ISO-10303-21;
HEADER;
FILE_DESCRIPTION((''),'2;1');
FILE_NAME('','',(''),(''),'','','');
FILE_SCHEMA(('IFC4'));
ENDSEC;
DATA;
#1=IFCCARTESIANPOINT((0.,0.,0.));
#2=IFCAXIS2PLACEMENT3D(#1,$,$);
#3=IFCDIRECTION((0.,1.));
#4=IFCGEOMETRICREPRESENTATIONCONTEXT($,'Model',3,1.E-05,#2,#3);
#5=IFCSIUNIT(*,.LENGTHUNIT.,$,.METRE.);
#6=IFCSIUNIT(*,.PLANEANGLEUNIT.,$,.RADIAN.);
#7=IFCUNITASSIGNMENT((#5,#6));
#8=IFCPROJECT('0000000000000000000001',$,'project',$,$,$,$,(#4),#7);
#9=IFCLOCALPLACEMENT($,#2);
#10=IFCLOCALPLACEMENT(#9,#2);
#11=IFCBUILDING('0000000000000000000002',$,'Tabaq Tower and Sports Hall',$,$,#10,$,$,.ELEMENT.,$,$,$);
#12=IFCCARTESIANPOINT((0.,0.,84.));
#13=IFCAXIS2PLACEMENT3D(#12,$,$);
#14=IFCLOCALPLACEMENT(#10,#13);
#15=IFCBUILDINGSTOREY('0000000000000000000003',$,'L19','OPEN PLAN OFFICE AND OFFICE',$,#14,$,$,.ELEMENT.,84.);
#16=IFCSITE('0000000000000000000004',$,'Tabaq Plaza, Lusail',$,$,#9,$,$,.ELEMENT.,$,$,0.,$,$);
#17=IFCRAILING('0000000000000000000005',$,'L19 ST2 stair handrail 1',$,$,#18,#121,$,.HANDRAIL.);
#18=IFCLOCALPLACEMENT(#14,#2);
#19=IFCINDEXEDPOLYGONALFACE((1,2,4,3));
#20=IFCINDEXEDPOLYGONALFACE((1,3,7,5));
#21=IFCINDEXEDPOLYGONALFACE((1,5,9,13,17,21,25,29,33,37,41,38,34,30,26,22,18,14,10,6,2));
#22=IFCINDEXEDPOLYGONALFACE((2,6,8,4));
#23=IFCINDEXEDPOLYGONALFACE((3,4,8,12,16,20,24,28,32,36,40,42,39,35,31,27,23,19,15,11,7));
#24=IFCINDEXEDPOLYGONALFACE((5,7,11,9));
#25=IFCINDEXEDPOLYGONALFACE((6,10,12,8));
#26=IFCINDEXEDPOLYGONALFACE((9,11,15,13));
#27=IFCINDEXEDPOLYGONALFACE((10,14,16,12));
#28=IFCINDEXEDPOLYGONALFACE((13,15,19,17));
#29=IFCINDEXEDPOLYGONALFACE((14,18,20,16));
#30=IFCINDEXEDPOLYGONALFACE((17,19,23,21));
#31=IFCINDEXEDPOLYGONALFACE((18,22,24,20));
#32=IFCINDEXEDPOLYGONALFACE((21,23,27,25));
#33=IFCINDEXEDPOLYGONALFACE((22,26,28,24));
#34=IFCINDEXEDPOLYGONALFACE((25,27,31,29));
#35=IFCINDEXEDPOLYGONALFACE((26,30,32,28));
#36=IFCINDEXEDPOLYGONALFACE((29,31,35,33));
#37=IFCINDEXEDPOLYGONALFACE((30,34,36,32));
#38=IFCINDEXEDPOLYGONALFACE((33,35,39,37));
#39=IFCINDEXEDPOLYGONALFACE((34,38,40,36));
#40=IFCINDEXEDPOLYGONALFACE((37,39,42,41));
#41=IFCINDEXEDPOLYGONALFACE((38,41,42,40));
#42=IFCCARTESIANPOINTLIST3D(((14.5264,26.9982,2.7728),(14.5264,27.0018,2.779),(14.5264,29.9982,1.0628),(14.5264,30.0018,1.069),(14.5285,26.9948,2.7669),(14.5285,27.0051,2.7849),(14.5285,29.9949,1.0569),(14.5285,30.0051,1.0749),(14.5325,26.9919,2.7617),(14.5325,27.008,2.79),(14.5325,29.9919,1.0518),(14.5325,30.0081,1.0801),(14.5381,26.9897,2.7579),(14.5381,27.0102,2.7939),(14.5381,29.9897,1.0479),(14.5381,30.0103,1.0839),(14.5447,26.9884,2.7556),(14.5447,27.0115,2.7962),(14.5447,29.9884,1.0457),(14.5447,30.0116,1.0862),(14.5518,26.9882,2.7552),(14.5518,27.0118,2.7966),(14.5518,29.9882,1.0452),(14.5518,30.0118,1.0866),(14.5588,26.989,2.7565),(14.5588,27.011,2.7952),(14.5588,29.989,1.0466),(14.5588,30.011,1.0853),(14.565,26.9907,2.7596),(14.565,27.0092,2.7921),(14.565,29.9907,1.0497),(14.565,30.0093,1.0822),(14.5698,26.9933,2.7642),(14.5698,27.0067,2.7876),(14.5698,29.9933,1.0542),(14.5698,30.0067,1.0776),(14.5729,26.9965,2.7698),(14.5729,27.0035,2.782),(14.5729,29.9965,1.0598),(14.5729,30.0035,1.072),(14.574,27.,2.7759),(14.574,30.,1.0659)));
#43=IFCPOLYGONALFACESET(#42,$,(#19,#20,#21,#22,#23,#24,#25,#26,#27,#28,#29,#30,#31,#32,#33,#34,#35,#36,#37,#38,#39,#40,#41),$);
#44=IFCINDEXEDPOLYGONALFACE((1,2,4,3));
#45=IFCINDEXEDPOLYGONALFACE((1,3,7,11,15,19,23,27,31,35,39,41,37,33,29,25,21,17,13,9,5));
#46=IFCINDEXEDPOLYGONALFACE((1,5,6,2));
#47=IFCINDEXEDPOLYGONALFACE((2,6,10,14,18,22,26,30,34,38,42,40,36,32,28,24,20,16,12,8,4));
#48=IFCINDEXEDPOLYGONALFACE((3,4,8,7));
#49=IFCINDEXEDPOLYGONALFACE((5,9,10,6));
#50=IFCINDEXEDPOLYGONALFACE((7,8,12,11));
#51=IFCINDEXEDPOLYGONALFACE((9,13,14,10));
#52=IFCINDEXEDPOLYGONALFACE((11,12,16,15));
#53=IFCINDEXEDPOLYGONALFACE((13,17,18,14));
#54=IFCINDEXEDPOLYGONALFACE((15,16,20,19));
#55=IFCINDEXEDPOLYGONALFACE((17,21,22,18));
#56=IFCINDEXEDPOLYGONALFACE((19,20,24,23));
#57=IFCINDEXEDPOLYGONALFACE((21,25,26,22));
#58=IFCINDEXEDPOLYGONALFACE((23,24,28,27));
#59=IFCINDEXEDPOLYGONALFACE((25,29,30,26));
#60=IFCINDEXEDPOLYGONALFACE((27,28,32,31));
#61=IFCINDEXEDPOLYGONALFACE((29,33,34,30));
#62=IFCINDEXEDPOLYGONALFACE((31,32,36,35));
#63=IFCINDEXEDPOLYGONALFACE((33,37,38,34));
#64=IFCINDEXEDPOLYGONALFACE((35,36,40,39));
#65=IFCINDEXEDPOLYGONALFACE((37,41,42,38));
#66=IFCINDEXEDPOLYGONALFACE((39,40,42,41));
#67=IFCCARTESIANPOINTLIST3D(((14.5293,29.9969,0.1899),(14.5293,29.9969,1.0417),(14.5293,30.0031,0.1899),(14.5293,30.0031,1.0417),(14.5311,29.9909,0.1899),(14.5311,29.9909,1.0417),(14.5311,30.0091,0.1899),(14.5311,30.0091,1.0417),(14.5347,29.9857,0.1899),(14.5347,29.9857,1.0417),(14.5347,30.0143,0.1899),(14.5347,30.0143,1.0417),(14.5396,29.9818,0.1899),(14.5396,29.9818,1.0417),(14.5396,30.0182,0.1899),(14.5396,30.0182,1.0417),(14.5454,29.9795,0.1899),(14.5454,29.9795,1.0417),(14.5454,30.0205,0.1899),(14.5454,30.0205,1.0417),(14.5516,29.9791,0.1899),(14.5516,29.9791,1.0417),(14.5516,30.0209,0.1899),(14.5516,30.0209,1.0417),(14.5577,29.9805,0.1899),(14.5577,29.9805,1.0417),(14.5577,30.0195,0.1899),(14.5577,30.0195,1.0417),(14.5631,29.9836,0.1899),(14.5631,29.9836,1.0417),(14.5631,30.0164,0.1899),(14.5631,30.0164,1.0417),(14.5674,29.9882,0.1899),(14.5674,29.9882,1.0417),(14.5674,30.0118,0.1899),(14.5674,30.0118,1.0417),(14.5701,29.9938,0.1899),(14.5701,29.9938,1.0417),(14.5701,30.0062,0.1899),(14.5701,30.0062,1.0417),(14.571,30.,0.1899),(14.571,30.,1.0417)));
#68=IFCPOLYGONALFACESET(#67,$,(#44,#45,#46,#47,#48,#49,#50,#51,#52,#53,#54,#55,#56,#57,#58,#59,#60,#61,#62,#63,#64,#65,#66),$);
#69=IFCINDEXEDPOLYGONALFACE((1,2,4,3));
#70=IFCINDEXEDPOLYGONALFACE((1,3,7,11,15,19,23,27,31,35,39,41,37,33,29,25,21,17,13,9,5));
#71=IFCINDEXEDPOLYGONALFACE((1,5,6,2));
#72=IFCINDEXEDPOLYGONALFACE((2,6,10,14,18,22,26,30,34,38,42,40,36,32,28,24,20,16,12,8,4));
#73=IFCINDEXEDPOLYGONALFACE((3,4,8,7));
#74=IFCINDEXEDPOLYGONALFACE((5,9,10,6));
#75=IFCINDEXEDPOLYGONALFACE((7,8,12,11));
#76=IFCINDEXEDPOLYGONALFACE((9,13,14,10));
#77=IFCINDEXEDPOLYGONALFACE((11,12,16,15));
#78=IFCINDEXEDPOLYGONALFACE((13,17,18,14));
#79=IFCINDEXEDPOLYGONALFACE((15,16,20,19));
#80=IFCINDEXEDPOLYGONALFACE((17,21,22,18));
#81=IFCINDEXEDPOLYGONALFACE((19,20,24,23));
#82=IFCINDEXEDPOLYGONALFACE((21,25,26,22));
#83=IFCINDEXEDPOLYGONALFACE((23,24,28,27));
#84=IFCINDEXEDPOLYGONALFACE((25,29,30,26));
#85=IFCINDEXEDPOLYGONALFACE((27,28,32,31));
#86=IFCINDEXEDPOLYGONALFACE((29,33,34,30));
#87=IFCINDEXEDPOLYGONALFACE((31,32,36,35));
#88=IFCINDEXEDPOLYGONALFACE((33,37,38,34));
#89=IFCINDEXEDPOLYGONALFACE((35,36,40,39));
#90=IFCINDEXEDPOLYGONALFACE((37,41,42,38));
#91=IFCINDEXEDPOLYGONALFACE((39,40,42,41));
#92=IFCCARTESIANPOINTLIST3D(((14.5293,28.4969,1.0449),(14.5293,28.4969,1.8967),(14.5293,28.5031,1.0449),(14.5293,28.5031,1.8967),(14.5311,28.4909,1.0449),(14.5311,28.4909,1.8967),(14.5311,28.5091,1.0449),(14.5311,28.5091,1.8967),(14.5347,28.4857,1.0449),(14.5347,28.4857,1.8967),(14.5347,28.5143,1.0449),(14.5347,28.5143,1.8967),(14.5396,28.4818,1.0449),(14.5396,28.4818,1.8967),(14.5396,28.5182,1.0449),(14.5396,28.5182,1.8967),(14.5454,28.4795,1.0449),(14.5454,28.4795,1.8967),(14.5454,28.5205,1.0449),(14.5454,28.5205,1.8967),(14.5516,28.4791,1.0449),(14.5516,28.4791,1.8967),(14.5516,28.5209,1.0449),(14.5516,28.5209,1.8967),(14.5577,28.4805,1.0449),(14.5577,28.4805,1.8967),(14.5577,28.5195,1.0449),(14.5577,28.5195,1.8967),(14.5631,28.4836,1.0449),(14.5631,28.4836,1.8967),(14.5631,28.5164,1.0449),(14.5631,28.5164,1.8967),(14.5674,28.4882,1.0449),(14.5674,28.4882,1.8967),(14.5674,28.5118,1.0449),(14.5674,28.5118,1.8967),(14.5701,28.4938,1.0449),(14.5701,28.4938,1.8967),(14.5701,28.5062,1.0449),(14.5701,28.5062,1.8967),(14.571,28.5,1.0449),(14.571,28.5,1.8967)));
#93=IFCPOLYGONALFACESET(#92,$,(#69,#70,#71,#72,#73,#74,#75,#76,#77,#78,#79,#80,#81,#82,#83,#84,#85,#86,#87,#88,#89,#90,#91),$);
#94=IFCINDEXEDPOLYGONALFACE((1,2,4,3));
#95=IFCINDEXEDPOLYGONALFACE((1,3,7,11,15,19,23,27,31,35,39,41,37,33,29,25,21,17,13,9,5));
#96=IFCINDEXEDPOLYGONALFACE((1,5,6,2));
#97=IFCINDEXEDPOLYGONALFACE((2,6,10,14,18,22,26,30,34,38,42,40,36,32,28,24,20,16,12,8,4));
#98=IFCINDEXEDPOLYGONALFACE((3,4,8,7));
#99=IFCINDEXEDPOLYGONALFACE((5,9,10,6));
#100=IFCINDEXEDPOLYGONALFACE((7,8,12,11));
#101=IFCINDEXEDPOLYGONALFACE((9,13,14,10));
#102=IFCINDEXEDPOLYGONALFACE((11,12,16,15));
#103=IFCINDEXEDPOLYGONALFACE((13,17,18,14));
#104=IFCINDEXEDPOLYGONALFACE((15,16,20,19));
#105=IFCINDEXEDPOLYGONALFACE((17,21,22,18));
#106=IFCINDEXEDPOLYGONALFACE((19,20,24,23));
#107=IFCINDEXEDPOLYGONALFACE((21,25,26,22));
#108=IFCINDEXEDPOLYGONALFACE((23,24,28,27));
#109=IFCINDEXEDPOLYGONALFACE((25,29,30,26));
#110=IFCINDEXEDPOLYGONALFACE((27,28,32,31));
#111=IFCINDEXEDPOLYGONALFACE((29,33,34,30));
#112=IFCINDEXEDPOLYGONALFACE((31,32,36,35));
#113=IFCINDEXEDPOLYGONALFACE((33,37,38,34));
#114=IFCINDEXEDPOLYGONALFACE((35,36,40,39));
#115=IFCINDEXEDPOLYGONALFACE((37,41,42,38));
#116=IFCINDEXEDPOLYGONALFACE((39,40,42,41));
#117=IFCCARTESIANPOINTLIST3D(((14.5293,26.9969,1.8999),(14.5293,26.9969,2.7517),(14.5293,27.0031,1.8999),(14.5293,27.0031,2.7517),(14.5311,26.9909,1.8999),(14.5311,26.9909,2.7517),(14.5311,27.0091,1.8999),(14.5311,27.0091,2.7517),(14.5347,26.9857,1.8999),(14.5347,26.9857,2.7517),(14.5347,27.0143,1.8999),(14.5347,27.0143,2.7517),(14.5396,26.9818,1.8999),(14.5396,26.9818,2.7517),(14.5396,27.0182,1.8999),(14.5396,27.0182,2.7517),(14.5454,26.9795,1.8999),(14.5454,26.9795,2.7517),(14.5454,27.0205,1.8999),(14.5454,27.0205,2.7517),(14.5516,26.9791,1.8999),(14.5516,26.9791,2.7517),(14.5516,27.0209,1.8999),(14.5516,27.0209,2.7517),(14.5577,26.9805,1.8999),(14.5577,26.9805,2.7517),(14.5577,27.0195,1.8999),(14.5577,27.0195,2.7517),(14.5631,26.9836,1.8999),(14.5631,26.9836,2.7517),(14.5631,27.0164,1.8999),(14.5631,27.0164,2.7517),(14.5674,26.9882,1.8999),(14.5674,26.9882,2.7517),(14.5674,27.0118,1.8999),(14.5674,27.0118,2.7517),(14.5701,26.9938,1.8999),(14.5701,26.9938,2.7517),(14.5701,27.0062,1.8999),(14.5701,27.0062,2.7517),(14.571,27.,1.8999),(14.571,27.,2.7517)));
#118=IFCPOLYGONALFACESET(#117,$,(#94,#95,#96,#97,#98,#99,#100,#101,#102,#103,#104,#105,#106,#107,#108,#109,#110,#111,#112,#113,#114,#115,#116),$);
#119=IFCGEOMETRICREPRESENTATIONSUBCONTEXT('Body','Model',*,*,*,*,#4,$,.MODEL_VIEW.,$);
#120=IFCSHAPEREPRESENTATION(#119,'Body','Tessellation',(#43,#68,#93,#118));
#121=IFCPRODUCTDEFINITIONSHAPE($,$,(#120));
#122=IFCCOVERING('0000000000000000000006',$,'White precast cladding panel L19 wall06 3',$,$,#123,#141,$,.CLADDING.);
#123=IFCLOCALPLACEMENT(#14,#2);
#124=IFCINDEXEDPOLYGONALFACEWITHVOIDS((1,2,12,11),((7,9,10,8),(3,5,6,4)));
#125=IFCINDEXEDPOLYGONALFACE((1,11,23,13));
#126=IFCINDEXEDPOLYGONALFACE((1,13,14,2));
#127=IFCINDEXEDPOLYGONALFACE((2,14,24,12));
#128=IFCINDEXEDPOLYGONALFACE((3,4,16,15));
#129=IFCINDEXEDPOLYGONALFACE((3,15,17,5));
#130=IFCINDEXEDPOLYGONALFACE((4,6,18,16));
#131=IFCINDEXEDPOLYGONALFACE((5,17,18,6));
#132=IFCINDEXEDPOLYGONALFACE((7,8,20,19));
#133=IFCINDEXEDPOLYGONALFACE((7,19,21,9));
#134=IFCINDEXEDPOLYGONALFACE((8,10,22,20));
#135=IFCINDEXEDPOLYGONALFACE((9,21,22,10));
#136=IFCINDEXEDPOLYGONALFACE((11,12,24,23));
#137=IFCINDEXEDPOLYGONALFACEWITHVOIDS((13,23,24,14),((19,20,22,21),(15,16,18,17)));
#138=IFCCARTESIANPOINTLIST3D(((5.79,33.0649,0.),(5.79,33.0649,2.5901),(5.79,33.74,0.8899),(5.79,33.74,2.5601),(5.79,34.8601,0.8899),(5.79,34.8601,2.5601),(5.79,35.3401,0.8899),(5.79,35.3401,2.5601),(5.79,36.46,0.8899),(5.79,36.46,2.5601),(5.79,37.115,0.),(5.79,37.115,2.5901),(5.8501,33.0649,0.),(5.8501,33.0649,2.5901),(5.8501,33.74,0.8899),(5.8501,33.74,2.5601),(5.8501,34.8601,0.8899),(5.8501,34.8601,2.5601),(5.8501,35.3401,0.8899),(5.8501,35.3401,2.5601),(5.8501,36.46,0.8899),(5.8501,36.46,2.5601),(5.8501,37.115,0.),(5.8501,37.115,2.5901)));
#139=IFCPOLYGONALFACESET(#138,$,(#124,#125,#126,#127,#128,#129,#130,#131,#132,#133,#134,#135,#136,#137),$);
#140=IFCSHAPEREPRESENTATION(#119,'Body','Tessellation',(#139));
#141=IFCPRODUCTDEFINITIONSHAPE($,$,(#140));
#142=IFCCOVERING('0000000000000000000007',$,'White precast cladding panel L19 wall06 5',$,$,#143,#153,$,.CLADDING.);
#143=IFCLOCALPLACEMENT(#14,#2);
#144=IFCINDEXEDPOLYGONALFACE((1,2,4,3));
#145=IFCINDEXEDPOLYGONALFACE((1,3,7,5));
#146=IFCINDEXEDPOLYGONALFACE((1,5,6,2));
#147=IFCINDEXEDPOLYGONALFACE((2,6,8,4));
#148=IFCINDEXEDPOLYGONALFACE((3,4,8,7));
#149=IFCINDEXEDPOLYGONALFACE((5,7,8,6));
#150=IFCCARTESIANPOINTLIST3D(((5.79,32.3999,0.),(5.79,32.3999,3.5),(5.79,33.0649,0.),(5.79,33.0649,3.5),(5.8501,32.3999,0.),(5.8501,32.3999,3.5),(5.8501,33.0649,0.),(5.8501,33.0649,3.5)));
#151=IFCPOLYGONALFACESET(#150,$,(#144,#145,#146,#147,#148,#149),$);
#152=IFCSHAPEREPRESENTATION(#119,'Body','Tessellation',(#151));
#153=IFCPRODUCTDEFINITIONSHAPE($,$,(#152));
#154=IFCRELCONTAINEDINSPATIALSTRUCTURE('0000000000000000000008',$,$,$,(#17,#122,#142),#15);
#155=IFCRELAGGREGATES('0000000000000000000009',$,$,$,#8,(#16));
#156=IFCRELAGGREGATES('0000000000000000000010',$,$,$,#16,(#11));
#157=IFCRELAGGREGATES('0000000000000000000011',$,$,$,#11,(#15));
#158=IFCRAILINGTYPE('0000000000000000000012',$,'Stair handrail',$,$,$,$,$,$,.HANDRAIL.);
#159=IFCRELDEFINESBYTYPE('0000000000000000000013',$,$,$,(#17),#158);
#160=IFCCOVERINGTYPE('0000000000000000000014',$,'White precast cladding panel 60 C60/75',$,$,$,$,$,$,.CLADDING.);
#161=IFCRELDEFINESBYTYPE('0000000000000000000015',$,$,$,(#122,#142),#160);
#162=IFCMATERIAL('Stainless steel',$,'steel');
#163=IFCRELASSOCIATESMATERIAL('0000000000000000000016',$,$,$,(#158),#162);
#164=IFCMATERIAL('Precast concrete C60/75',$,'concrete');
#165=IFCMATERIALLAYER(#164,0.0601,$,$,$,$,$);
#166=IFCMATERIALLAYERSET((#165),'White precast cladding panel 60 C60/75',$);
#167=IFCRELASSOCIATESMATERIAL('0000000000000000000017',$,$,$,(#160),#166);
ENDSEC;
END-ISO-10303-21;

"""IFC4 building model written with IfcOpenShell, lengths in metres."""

from ifc_helpers import new_model, si_unit, direction, frame, frame_2d, origin, origin_2d, place, context, subcontext, project, spatial, polyline, rectangle, circle, outline, extrude, material, layer, layer_set, type_object, element, save


model = new_model("IFC4")

# Units and contexts
model_context = context("Model", 3, precision=1e-05, world=origin(), true_north=direction((0.0, 1.0)))
body_context = subcontext(model_context, "Body", "Model", "MODEL_VIEW")
ifc_project = project(units=[si_unit("LENGTHUNIT", "METRE"), si_unit("PLANEANGLEUNIT", "RADIAN")], contexts=[model_context])

# Site, building, storey
site_placement = place(None, origin())
site = spatial("IfcSite", under=ifc_project, at=site_placement, Name="Tabaq Plaza, Lusail", CompositionType="ELEMENT", RefElevation=0.0)
building_placement = place(site_placement, origin())
building = spatial("IfcBuilding", under=site, at=building_placement, Name="Tabaq Tower and Sports Hall", CompositionType="ELEMENT")
storey_placement = place(building_placement, frame((0.0, 0.0, 84.0)))
storey = spatial("IfcBuildingStorey", under=building, at=storey_placement, Name="L19", Description="OPEN PLAN OFFICE AND OFFICE", CompositionType="ELEMENT", Elevation=84.0)

# Railing
ifc_material_1 = material(Name="Stainless steel", Category="steel")
railing_type_1 = type_object("IfcRailingType", Name="Stair handrail", PredefinedType="HANDRAIL", material=ifc_material_1)
for number, where, name in (
    (1, (14.55, 30.0, 0.1899), "L19 ST2 stair handrail 1"),
):
    element("IfcRailing", number, at=place(storey_placement, frame(where)), inside=storey, type_object=railing_type_1, Name=name, PredefinedType="HANDRAIL", context=body_context, shape_type="SweptSolid", body=[
        extrude(circle(Radius=0.0239, at=origin_2d()), frame((0.0, 0.0, 0.876), z_axis=(0.0, -0.868782, 0.495195), x_axis=(1.0, 0.0, 0.0)), (0.0, 0.0, 1.0), 3.4531),
        extrude(circle(Radius=0.021, at=origin_2d()), origin(), (0.0, 0.0, 1.0), 0.8518),
        extrude(circle(Radius=0.021, at=origin_2d()), frame((0.0, -1.5, 0.855)), (0.0, 0.0, 1.0), 0.8518),
        extrude(circle(Radius=0.021, at=origin_2d()), frame((0.0, -3.0, 1.71)), (0.0, 0.0, 1.0), 0.8518),
    ])

# Coverings
ifc_material_2 = material(Name="Precast concrete C60/75", Category="concrete")
ifc_layer_1 = layer(ifc_material_2, 0.0601)
ifc_layer_set_1 = layer_set([ifc_layer_1], Name="White precast cladding panel 60 C60/75")
covering_type = type_object("IfcCoveringType", Name="White precast cladding panel 60 C60/75", PredefinedType="CLADDING", material=ifc_layer_set_1)
covering_1_placement = place(storey_placement, frame((5.8201, 37.115, 0.0), z_axis=(0.0, 0.0, 1.0), x_axis=(0.0, -1.0, 0.0)))
element("IfcCovering", 2, at=covering_1_placement, inside=storey, type_object=covering_type, Name="White precast cladding panel L19 wall06 3", PredefinedType="CLADDING", context=body_context, shape_type="SweptSolid", body=[
    extrude(outline(polyline([(0.0, 0.0), (4.05, 0.0), (4.05, 2.5901), (0.0, 2.5901), (0.0, 0.0)]), holes=[polyline([(0.655, 0.8899), (0.655, 2.5601), (1.7749, 2.5601), (1.7749, 0.8899), (0.655, 0.8899)]), polyline([(2.2549, 0.8899), (2.2549, 2.5601), (3.375, 2.5601), (3.375, 0.8899), (2.2549, 0.8899)])]), frame((0.0, 0.03, 0.0), z_axis=(0.0, -1.0, 0.0), x_axis=(1.0, 0.0, 0.0)), (0.0, 0.0, 1.0), 0.0601),
])
covering_2_placement = place(storey_placement, frame((5.8201, 33.0649, 0.0), z_axis=(0.0, 0.0, 1.0), x_axis=(0.0, -1.0, 0.0)))
element("IfcCovering", 3, at=covering_2_placement, inside=storey, type_object=covering_type, Name="White precast cladding panel L19 wall06 5", PredefinedType="CLADDING", context=body_context, shape_type="SweptSolid", body=[
    extrude(rectangle(XDim=0.665, YDim=0.0601, at=frame_2d((0.3325, 0.0))), origin(), (0.0, 0.0, 1.0), 3.5),
])

save(model, "model.ifc")
